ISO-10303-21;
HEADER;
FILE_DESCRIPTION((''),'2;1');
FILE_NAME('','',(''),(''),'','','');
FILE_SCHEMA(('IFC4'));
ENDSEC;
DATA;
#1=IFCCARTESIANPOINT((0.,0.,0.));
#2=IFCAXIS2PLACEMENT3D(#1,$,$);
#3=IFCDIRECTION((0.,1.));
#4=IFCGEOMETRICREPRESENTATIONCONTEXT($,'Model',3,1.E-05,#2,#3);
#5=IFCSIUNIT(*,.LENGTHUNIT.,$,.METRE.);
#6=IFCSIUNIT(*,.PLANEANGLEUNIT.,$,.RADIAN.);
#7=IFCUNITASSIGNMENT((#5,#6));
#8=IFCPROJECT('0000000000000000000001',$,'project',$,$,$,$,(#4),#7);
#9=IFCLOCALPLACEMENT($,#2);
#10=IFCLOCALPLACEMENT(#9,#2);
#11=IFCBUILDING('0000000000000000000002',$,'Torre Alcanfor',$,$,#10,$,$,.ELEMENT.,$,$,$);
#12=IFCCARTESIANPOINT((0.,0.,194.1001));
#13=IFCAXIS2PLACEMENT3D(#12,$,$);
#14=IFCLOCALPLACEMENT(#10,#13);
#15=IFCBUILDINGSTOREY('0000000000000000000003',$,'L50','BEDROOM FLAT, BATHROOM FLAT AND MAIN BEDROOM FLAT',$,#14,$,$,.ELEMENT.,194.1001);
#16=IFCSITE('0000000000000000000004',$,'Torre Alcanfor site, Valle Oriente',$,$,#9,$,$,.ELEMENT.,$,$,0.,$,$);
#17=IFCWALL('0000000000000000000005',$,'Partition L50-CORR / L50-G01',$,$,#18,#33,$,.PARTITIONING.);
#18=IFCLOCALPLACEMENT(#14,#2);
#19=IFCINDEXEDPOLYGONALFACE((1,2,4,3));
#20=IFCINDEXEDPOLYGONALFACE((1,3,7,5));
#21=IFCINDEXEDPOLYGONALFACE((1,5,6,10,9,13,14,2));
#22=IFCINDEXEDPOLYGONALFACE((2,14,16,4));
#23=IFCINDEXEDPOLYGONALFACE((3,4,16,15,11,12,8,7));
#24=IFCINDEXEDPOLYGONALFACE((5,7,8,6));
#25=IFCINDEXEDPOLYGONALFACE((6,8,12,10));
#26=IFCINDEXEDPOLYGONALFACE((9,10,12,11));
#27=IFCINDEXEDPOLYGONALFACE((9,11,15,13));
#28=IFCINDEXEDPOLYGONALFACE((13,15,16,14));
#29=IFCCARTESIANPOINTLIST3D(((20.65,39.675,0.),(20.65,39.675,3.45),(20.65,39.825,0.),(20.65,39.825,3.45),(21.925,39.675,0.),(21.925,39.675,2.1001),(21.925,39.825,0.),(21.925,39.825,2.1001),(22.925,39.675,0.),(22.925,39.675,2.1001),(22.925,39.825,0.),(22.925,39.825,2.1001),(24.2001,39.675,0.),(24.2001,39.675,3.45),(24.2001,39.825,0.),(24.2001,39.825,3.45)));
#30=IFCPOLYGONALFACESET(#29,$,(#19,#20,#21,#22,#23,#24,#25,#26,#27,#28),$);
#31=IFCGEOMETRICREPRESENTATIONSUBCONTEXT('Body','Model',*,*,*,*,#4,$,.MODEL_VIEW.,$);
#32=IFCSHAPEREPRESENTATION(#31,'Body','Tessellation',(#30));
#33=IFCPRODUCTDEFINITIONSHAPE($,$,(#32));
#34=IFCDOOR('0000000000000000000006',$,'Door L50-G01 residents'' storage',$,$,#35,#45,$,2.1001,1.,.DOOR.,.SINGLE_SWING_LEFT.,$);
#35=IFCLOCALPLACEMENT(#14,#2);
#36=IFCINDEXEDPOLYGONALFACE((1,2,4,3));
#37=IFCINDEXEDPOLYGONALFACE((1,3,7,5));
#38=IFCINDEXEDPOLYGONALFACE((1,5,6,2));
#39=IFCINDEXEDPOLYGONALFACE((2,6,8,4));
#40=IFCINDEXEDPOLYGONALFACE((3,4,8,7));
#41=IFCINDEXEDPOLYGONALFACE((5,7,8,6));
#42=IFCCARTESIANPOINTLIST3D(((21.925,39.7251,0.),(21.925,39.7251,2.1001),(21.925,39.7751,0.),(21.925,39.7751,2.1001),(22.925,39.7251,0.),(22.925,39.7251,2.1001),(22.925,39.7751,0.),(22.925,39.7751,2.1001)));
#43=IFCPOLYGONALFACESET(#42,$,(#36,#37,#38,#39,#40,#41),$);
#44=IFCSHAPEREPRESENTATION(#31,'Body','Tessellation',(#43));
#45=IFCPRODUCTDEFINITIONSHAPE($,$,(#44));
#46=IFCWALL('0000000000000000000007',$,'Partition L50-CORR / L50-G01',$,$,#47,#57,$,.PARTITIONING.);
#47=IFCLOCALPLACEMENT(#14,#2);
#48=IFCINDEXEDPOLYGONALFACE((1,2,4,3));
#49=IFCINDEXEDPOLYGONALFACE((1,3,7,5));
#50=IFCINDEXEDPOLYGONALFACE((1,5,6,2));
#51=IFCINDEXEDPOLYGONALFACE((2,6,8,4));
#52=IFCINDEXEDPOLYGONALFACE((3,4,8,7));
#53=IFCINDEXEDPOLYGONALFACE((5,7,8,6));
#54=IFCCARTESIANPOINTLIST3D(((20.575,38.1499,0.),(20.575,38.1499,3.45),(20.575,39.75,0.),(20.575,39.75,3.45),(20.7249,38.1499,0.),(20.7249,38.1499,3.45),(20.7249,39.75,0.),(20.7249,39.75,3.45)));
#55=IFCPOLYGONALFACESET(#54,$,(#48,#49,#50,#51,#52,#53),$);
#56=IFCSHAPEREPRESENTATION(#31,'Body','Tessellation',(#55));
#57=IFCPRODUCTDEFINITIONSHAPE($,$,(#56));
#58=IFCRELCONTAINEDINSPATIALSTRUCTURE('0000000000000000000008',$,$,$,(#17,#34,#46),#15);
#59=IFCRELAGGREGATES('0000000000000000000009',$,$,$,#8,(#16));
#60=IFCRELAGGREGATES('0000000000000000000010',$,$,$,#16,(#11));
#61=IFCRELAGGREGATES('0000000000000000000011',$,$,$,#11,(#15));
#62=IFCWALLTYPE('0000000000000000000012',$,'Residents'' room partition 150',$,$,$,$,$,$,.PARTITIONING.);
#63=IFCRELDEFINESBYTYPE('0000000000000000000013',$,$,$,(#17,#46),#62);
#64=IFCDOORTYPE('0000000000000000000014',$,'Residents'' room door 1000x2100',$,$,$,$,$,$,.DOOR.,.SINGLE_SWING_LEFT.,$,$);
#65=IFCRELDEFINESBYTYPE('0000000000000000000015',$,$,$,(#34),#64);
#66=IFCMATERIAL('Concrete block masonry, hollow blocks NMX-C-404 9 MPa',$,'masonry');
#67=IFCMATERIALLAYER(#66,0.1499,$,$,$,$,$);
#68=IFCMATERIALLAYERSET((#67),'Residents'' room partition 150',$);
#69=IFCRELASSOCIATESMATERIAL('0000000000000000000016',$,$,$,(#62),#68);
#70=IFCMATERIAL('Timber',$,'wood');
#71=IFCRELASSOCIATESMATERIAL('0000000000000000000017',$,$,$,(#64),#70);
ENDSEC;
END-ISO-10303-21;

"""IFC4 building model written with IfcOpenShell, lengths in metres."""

from ifc_helpers import new_model, si_unit, direction, frame, frame_2d, origin, place, context, subcontext, project, spatial, rectangle, extrude, material, layer, layer_set, type_object, element, fill, save


model = new_model("IFC4")

# Units and contexts
model_context = context("Model", 3, precision=1e-05, world=origin(), true_north=direction((0.0, 1.0)))
body_context = subcontext(model_context, "Body", "Model", "MODEL_VIEW")
ifc_project = project(units=[si_unit("LENGTHUNIT", "METRE"), si_unit("PLANEANGLEUNIT", "RADIAN")], contexts=[model_context])

# Site, building, storey
site_placement = place(None, origin())
site = spatial("IfcSite", under=ifc_project, at=site_placement, Name="Torre Alcanfor site, Valle Oriente", CompositionType="ELEMENT", RefElevation=0.0)
building_placement = place(site_placement, origin())
building = spatial("IfcBuilding", under=site, at=building_placement, Name="Torre Alcanfor", CompositionType="ELEMENT")
storey_placement = place(building_placement, frame((0.0, 0.0, 194.1001)))
storey = spatial("IfcBuildingStorey", under=building, at=storey_placement, Name="L50", Description="BEDROOM FLAT, BATHROOM FLAT AND MAIN BEDROOM FLAT", CompositionType="ELEMENT", Elevation=194.1001)

# Shared definitions
ifc_material_1 = material(Name="Concrete block masonry, hollow blocks NMX-C-404 9 MPa", Category="masonry")
ifc_layer_1 = layer(ifc_material_1, 0.1499)
ifc_layer_set_1 = layer_set([ifc_layer_1], Name="Residents' room partition 150")
wall_type_1 = type_object("IfcWallType", Name="Residents' room partition 150", PredefinedType="PARTITIONING", material=ifc_layer_set_1)

# Wall, opening, door
wall_1_placement = place(storey_placement, frame((24.2, 39.75, 0.0), z_axis=(0.0, 0.0, 1.0), x_axis=(-1.0, 0.0, 0.0)))
wall_1 = element("IfcWall", 1, at=wall_1_placement, inside=storey, type_object=wall_type_1, Name="Partition L50-CORR / L50-G01", PredefinedType="PARTITIONING", context=body_context, shape_type="SweptSolid", body=[
    extrude(rectangle(XDim=3.55, YDim=0.1499, at=frame_2d((1.7749, 0.0))), origin(), (0.0, 0.0, 1.0), 3.45),
])
opening_1_placement = place(wall_1_placement, frame((1.2749, 0.0, 0.0)))
opening_1 = element("IfcOpeningElement", 2, at=opening_1_placement, cuts=wall_1, PredefinedType="OPENING", context=body_context, shape_type="SweptSolid", body=[
    extrude(rectangle(XDim=1.0, YDim=2.1001, at=frame_2d((0.5, 1.05))), frame((0.0, 0.085, 0.0), z_axis=(0.0, -1.0, 0.0), x_axis=(1.0, 0.0, 0.0)), (0.0, 0.0, 1.0), 0.1699),
])
ifc_material_2 = material(Name="Timber", Category="wood")
door_type_1 = type_object("IfcDoorType", Name="Residents' room door 1000x2100", OperationType="SINGLE_SWING_LEFT", PredefinedType="DOOR", material=ifc_material_2)
door_1_placement = place(opening_1_placement, origin())
door_1 = element("IfcDoor", 3, at=door_1_placement, inside=storey, type_object=door_type_1, Name="Door L50-G01 residents' storage", OperationType="SINGLE_SWING_LEFT", OverallHeight=2.1001, OverallWidth=1.0, PredefinedType="DOOR", context=body_context, shape_type="SweptSolid", body=[
    extrude(rectangle(XDim=1.0, YDim=2.1001, at=frame_2d((0.5, 1.05))), frame((0.0, 0.0249, 0.0), z_axis=(0.0, -1.0, 0.0), x_axis=(1.0, 0.0, 0.0)), (0.0, 0.0, 1.0), 0.05),
])
fill(opening_1, door_1)

# Wall
wall_2_placement = place(storey_placement, frame((20.6499, 39.75, 0.0), z_axis=(0.0, 0.0, 1.0), x_axis=(0.0, -1.0, 0.0)))
element("IfcWall", 4, at=wall_2_placement, inside=storey, type_object=wall_type_1, Name="Partition L50-CORR / L50-G01", PredefinedType="PARTITIONING", context=body_context, shape_type="SweptSolid", body=[
    extrude(rectangle(XDim=1.6001, YDim=0.1499, at=frame_2d((0.8, 0.0))), origin(), (0.0, 0.0, 1.0), 3.45),
])

save(model, "model.ifc")
